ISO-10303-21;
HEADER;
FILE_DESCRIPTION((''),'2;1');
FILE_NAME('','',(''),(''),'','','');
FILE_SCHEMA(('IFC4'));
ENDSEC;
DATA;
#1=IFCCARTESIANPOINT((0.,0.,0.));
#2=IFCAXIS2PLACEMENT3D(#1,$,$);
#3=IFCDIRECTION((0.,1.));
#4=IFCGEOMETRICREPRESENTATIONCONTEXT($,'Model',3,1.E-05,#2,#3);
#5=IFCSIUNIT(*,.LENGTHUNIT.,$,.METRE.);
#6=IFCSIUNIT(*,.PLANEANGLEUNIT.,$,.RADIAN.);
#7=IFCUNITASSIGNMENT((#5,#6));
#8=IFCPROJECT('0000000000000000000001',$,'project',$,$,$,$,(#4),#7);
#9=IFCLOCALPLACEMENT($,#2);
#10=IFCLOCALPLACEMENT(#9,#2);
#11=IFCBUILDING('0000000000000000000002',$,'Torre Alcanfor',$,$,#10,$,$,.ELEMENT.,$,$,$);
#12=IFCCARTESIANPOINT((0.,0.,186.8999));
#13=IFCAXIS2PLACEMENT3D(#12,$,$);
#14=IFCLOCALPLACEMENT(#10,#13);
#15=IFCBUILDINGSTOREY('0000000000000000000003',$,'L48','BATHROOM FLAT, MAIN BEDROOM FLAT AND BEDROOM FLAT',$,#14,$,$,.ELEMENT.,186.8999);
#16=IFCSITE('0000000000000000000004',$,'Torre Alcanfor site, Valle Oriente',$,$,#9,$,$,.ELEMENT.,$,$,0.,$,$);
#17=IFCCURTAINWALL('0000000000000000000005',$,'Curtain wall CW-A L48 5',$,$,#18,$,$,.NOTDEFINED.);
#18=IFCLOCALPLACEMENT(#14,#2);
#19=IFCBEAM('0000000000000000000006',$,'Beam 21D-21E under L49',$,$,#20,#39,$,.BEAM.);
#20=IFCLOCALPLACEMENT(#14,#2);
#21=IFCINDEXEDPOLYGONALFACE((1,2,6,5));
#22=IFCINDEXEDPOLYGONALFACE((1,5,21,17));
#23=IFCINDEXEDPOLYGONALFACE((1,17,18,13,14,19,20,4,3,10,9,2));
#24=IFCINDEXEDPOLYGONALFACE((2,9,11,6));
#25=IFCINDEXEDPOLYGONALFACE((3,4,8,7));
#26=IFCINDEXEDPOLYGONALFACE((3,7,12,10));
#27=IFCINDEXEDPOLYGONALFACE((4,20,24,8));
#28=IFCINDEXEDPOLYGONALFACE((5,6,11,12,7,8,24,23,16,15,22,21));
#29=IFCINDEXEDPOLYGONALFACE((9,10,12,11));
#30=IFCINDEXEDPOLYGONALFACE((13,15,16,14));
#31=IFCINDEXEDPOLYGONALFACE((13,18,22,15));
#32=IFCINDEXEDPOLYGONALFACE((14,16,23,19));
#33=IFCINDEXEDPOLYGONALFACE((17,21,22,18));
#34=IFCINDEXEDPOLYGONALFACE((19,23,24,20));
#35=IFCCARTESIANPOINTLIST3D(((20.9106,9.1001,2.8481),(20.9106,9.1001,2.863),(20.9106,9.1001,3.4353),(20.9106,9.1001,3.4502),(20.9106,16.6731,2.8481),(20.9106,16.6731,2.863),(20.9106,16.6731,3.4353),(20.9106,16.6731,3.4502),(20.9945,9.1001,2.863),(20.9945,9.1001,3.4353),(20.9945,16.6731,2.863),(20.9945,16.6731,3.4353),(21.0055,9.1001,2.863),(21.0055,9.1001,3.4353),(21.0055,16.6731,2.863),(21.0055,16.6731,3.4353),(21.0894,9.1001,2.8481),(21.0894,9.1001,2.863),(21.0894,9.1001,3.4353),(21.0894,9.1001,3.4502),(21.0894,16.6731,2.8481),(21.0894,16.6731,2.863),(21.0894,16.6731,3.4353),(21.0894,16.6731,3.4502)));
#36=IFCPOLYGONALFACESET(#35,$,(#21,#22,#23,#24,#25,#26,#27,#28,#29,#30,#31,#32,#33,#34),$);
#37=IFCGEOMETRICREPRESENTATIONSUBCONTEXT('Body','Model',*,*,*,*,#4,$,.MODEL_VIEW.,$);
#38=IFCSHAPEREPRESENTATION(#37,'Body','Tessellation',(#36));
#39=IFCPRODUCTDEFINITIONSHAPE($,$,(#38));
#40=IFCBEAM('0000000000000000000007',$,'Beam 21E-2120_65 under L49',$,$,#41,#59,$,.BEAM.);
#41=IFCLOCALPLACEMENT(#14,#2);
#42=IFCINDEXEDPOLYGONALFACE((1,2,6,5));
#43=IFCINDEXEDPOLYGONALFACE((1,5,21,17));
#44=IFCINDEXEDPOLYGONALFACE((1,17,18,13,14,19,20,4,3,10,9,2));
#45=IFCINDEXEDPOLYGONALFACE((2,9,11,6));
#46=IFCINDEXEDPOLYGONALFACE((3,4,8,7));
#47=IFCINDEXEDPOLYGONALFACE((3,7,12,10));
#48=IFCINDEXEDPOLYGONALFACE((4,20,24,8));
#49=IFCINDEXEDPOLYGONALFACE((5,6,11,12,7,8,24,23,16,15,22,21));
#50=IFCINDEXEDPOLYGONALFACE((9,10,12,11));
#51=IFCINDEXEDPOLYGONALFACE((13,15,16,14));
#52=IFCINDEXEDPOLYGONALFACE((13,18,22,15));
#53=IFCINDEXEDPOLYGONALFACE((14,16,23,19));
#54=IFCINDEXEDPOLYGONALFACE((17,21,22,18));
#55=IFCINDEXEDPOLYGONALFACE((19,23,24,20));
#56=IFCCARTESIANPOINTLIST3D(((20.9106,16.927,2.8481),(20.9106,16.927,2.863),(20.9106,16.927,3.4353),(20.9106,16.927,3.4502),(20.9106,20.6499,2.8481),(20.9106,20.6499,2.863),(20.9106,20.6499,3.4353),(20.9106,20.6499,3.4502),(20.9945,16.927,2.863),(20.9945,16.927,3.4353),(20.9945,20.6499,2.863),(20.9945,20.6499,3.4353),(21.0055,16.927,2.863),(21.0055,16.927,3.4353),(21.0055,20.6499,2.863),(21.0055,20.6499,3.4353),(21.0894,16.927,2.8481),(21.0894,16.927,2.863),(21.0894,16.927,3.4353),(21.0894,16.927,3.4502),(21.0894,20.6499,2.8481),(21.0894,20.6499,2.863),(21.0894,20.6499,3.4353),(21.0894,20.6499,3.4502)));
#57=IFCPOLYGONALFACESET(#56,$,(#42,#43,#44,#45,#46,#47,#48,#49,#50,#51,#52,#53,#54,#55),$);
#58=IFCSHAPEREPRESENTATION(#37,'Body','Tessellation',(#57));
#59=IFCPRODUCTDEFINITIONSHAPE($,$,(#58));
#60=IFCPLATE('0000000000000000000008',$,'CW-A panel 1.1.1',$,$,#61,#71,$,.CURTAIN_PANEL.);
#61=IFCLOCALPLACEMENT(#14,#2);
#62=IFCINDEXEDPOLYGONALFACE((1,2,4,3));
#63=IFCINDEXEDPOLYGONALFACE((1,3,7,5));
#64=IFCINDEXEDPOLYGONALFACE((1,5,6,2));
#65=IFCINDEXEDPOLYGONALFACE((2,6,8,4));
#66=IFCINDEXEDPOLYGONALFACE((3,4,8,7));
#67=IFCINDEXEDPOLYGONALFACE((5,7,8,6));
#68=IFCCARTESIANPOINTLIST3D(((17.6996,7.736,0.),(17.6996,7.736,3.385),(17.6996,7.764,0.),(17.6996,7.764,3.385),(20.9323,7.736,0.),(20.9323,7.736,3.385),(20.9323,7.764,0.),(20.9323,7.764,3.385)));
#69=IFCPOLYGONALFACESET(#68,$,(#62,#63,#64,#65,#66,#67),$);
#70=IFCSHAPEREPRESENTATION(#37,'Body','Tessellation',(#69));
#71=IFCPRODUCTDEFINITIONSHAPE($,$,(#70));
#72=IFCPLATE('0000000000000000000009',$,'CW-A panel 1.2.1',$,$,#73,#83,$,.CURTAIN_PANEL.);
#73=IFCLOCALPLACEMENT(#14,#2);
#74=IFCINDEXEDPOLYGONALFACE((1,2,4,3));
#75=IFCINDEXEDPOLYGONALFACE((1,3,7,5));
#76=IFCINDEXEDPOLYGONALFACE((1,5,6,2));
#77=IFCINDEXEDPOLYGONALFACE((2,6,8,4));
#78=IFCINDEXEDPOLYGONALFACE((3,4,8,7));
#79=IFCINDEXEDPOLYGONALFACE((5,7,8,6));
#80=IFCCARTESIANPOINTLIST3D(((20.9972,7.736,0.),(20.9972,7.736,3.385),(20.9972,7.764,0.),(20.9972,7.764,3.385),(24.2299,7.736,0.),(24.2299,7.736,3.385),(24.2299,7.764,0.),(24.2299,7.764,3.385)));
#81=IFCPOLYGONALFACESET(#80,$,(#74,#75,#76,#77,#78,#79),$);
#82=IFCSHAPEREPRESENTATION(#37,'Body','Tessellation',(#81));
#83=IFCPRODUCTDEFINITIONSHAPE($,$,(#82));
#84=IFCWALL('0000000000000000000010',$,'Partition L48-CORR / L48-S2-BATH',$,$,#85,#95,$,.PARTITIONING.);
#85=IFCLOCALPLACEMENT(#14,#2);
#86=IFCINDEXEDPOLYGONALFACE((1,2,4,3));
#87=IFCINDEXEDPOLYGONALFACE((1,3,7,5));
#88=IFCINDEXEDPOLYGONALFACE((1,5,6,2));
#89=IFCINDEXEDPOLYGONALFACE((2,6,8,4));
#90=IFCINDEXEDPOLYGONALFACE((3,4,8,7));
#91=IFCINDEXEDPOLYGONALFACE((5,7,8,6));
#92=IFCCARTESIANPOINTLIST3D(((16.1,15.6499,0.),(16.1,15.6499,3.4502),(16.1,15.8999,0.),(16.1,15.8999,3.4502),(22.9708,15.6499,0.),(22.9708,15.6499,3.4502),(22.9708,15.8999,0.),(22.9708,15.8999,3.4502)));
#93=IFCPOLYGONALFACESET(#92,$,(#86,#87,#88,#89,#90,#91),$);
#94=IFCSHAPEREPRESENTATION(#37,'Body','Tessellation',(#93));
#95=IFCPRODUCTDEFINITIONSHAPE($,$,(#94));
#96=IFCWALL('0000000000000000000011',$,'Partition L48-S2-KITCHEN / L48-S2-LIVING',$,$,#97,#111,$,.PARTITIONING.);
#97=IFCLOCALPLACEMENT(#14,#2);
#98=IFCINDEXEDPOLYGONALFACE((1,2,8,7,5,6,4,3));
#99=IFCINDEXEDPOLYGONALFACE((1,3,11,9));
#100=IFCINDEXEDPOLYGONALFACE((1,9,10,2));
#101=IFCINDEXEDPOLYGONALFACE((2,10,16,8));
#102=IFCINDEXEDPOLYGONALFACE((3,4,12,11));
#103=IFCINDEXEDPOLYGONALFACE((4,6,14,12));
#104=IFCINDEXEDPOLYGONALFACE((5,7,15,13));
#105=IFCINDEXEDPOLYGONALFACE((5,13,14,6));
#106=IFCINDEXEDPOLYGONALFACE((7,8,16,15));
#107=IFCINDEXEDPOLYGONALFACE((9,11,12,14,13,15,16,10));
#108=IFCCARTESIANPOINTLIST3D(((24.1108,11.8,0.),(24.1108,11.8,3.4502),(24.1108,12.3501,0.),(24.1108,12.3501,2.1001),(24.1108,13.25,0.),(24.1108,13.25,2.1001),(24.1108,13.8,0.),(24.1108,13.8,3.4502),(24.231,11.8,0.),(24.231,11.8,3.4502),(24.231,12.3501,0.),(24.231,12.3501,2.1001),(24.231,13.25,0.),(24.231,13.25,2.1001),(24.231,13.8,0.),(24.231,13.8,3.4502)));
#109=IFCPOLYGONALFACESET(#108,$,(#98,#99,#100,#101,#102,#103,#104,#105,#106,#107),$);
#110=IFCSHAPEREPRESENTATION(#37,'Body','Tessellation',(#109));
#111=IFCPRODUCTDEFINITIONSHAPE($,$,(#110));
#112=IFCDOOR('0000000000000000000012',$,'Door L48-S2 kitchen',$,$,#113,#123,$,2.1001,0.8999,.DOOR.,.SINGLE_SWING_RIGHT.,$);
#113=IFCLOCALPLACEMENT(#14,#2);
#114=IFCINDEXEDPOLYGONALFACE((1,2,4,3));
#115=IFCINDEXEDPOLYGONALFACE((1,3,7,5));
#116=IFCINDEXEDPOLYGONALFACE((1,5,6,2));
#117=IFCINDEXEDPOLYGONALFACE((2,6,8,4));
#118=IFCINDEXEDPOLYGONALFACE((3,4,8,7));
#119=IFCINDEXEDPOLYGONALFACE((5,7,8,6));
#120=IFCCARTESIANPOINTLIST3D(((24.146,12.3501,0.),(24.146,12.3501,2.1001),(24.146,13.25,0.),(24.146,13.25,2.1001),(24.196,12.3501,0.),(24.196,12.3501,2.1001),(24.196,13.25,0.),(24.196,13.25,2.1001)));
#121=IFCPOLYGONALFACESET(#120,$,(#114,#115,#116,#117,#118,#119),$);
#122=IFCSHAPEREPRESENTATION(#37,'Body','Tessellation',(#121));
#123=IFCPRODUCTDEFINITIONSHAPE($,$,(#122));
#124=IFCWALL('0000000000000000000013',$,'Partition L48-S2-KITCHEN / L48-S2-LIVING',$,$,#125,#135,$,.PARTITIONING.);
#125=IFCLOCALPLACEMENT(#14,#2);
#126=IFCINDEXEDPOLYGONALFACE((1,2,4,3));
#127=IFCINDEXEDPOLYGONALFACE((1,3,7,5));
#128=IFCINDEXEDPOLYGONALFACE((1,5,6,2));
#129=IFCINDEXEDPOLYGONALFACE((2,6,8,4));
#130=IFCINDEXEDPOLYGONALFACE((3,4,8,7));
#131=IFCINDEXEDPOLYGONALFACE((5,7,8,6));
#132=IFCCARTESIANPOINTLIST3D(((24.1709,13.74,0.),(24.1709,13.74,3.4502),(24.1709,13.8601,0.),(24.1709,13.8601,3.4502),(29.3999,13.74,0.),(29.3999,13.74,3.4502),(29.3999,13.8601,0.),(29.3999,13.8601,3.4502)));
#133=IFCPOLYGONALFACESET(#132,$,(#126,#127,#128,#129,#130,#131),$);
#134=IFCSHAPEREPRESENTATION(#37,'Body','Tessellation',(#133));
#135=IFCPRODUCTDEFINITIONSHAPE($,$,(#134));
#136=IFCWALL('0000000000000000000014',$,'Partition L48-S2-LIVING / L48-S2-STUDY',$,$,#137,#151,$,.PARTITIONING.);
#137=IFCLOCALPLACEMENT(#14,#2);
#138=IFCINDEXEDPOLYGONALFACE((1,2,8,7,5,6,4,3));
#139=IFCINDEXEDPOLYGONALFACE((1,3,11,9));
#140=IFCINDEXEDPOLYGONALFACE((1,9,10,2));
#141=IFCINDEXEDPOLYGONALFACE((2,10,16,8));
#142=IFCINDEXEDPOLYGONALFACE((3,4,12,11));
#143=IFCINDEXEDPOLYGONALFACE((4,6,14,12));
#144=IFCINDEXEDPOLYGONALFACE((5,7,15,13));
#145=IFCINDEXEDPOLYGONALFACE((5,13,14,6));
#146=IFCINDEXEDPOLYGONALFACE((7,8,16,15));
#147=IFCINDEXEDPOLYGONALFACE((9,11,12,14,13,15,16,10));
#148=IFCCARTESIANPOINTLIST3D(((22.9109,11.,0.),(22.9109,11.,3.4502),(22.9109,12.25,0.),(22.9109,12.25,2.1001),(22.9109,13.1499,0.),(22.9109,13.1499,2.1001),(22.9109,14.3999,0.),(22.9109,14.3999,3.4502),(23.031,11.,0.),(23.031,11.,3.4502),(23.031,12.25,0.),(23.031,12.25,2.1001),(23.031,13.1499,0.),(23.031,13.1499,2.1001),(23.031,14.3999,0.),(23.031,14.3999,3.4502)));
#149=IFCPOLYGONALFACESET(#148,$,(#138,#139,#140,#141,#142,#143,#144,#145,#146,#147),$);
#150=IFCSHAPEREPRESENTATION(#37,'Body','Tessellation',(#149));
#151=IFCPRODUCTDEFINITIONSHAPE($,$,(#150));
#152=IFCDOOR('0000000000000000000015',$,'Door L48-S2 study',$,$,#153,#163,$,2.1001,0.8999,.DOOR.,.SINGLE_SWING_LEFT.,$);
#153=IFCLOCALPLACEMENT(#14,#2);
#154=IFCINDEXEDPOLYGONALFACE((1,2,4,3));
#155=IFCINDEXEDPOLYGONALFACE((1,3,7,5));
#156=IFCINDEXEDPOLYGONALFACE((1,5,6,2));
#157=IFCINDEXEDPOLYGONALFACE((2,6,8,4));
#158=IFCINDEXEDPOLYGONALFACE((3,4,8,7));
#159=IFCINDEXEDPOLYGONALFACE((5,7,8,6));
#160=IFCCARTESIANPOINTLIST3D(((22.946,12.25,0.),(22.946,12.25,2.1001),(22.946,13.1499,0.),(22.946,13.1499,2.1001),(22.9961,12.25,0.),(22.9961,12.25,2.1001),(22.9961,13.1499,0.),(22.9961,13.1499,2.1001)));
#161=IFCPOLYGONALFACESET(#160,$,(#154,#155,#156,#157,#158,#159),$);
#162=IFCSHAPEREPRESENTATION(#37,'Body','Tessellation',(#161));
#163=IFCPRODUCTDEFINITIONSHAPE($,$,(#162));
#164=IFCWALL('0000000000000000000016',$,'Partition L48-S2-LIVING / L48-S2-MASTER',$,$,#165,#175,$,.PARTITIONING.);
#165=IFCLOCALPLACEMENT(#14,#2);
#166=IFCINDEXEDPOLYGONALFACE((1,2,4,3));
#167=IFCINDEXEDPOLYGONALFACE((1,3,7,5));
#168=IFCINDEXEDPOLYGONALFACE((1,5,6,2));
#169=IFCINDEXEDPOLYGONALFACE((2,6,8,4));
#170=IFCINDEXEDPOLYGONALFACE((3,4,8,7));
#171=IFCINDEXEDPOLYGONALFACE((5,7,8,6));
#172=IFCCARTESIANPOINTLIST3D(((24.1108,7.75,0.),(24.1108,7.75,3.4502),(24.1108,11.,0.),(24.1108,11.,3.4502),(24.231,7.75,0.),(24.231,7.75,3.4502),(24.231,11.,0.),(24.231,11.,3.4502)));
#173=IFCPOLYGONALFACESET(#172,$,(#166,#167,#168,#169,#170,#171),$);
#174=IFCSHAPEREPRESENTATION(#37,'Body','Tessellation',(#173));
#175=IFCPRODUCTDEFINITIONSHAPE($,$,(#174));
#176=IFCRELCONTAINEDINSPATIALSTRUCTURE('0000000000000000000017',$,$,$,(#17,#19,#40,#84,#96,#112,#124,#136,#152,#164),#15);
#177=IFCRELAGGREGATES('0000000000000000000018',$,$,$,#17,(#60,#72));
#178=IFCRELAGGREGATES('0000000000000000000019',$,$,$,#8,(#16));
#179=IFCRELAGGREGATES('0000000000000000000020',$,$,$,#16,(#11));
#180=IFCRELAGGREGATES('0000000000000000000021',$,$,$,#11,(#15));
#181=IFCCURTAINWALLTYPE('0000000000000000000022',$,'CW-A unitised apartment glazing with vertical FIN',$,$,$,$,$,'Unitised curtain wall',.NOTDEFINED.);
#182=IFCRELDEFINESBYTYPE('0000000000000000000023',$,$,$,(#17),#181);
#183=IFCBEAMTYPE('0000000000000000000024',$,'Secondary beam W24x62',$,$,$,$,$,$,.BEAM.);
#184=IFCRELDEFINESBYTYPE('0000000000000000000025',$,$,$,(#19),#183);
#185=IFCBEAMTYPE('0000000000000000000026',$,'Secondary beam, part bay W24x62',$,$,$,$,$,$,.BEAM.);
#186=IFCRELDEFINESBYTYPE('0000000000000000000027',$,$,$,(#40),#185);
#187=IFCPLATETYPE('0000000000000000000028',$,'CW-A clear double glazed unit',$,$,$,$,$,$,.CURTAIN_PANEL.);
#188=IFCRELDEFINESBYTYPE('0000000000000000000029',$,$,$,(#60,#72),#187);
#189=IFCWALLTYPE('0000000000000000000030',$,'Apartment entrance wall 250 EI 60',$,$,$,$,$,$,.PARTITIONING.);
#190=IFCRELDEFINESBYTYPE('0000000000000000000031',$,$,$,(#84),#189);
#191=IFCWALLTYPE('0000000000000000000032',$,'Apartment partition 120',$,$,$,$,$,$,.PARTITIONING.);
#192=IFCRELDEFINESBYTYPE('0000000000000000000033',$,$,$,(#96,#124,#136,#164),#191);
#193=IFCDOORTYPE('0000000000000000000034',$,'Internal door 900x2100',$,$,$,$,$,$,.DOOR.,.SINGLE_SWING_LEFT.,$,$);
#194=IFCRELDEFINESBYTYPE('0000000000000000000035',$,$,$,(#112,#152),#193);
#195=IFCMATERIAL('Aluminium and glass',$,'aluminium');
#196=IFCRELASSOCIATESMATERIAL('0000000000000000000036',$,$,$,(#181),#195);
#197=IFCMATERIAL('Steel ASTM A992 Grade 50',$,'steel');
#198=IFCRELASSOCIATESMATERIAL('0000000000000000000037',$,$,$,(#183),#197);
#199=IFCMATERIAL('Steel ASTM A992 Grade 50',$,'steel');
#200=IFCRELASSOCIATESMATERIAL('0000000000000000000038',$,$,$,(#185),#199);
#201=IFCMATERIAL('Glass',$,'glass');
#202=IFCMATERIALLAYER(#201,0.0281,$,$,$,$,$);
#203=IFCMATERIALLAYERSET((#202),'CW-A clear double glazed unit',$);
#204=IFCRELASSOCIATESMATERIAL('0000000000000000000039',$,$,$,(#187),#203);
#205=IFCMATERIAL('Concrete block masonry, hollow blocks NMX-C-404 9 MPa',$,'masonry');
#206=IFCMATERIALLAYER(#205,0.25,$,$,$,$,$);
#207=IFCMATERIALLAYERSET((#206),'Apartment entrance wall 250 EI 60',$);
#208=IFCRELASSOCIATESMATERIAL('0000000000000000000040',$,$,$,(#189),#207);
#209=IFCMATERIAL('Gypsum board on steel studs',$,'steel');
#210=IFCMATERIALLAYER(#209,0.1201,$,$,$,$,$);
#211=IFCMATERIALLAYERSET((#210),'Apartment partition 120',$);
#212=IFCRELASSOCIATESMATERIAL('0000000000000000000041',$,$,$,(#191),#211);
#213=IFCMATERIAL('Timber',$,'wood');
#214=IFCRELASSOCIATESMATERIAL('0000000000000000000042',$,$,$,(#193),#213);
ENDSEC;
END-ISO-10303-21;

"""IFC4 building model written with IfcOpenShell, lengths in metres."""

from ifc_helpers import new_model, si_unit, direction, frame, frame_2d, origin, origin_2d, place, context, subcontext, project, spatial, rectangle, i_section, extrude, material, layer, layer_set, material_profile, profile_set, type_object, element, fill, aggregate, save


model = new_model("IFC4")

# Units and contexts
model_context = context("Model", 3, precision=1e-05, world=origin(), true_north=direction((0.0, 1.0)))
body_context = subcontext(model_context, "Body", "Model", "MODEL_VIEW")
ifc_project = project(units=[si_unit("LENGTHUNIT", "METRE"), si_unit("PLANEANGLEUNIT", "RADIAN")], contexts=[model_context])

# Site, building, storey
site_placement = place(None, origin())
site = spatial("IfcSite", under=ifc_project, at=site_placement, Name="Torre Alcanfor site, Valle Oriente", CompositionType="ELEMENT", RefElevation=0.0)
building_placement = place(site_placement, origin())
building = spatial("IfcBuilding", under=site, at=building_placement, Name="Torre Alcanfor", CompositionType="ELEMENT")
storey_placement = place(building_placement, frame((0.0, 0.0, 186.8999)))
storey = spatial("IfcBuildingStorey", under=building, at=storey_placement, Name="L48", Description="BATHROOM FLAT, MAIN BEDROOM FLAT AND BEDROOM FLAT", CompositionType="ELEMENT", Elevation=186.8999)

# Curtain wall
ifc_material_1 = material(Name="Aluminium and glass", Category="aluminium")
curtain_wall_type = type_object("IfcCurtainWallType", Name="CW-A unitised apartment glazing with vertical FIN", ElementType="Unitised curtain wall", PredefinedType="NOTDEFINED", material=ifc_material_1)
curtain_wall_placement = place(storey_placement, origin())
curtain_wall = element("IfcCurtainWall", 1, at=curtain_wall_placement, inside=storey, type_object=curtain_wall_type, Name="Curtain wall CW-A L48 5", PredefinedType="NOTDEFINED")

# Beams
ifc_material_2 = material(Name="Steel ASTM A992 Grade 50", Category="steel")
ifc_material_profile_1 = material_profile(ifc_material_2, i_section(OverallWidth=0.1787, OverallDepth=0.6021, WebThickness=0.011, FlangeThickness=0.0149, at=origin_2d()), Name="W24x62")
ifc_profile_set_1 = profile_set([ifc_material_profile_1], Name="Steel ASTM A992 Grade 50")
beam_type_1 = type_object("IfcBeamType", Name="Secondary beam W24x62", PredefinedType="BEAM", material=ifc_profile_set_1)
beam_1_placement = place(storey_placement, frame((21.0, 9.1001, 3.1492), z_axis=(0.0, 1.0, 0.0), x_axis=(-1.0, 0.0, 0.0)))
element("IfcBeam", 2, at=beam_1_placement, inside=storey, type_object=beam_type_1, Name="Beam 21D-21E under L49", PredefinedType="BEAM", context=body_context, shape_type="SweptSolid", body=[
    extrude(i_section(OverallWidth=0.1787, OverallDepth=0.6021, WebThickness=0.011, FlangeThickness=0.0149, at=origin_2d()), origin(), (0.0, 0.0, 1.0), 7.573),
])
ifc_material_3 = material(Name="Steel ASTM A992 Grade 50", Category="steel")
ifc_material_profile_2 = material_profile(ifc_material_3, i_section(OverallWidth=0.1787, OverallDepth=0.6021, WebThickness=0.011, FlangeThickness=0.0149, at=origin_2d()), Name="W24x62")
ifc_profile_set_2 = profile_set([ifc_material_profile_2], Name="Steel ASTM A992 Grade 50")
beam_type_2 = type_object("IfcBeamType", Name="Secondary beam, part bay W24x62", PredefinedType="BEAM", material=ifc_profile_set_2)
beam_2_placement = place(storey_placement, frame((21.0, 16.927, 3.1492), z_axis=(0.0, 1.0, 0.0), x_axis=(-1.0, 0.0, 0.0)))
element("IfcBeam", 3, at=beam_2_placement, inside=storey, type_object=beam_type_2, Name="Beam 21E-2120_65 under L49", PredefinedType="BEAM", context=body_context, shape_type="SweptSolid", body=[
    extrude(i_section(OverallWidth=0.1787, OverallDepth=0.6021, WebThickness=0.011, FlangeThickness=0.0149, at=origin_2d()), origin(), (0.0, 0.0, 1.0), 3.7229),
])

# Plates
ifc_material_4 = material(Name="Glass", Category="glass")
ifc_layer_1 = layer(ifc_material_4, 0.0281)
ifc_layer_set_1 = layer_set([ifc_layer_1], Name="CW-A clear double glazed unit")
plate_type = type_object("IfcPlateType", Name="CW-A clear double glazed unit", PredefinedType="CURTAIN_PANEL", material=ifc_layer_set_1)
plate_1_placement = place(storey_placement, frame((19.3159, 7.75, 0.0), z_axis=(0.0, 0.0, 1.0), x_axis=(1.0, 0.0, 0.0)))
plate_1 = element("IfcPlate", 4, at=plate_1_placement, type_object=plate_type, Name="CW-A panel 1.1.1", PredefinedType="CURTAIN_PANEL", context=body_context, shape_type="SweptSolid", body=[
    extrude(rectangle(XDim=3.2327, YDim=0.0281, at=origin_2d()), origin(), (0.0, 0.0, 1.0), 3.385),
])
plate_2_placement = place(storey_placement, frame((22.6135, 7.75, 0.0), z_axis=(0.0, 0.0, 1.0), x_axis=(1.0, 0.0, 0.0)))
plate_2 = element("IfcPlate", 5, at=plate_2_placement, type_object=plate_type, Name="CW-A panel 1.2.1", PredefinedType="CURTAIN_PANEL", context=body_context, shape_type="SweptSolid", body=[
    extrude(rectangle(XDim=3.2327, YDim=0.0281, at=origin_2d()), origin(), (0.0, 0.0, 1.0), 3.385),
])
aggregate(curtain_wall, [plate_1, plate_2])

# Wall
ifc_material_5 = material(Name="Concrete block masonry, hollow blocks NMX-C-404 9 MPa", Category="masonry")
ifc_layer_2 = layer(ifc_material_5, 0.25)
ifc_layer_set_2 = layer_set([ifc_layer_2], Name="Apartment entrance wall 250 EI 60")
wall_type_1 = type_object("IfcWallType", Name="Apartment entrance wall 250 EI 60", PredefinedType="PARTITIONING", material=ifc_layer_set_2)
wall_1_placement = place(storey_placement, frame((22.9709, 15.7749, 0.0), z_axis=(0.0, 0.0, 1.0), x_axis=(-1.0, 0.0, 0.0)))
element("IfcWall", 6, at=wall_1_placement, inside=storey, type_object=wall_type_1, Name="Partition L48-CORR / L48-S2-BATH", PredefinedType="PARTITIONING", context=body_context, shape_type="SweptSolid", body=[
    extrude(rectangle(XDim=6.8708, YDim=0.25, at=frame_2d((3.4355, 0.0))), origin(), (0.0, 0.0, 1.0), 3.4502),
])

# Wall, opening, door
ifc_material_6 = material(Name="Gypsum board on steel studs", Category="steel")
ifc_layer_3 = layer(ifc_material_6, 0.1201)
ifc_layer_set_3 = layer_set([ifc_layer_3], Name="Apartment partition 120")
wall_type_2 = type_object("IfcWallType", Name="Apartment partition 120", PredefinedType="PARTITIONING", material=ifc_layer_set_3)
wall_2_placement = place(storey_placement, frame((24.1709, 11.8, 0.0), z_axis=(0.0, 0.0, 1.0), x_axis=(0.0, 1.0, 0.0)))
wall_2 = element("IfcWall", 7, at=wall_2_placement, inside=storey, type_object=wall_type_2, Name="Partition L48-S2-KITCHEN / L48-S2-LIVING", PredefinedType="PARTITIONING", context=body_context, shape_type="SweptSolid", body=[
    extrude(rectangle(XDim=2.0, YDim=0.1201, at=frame_2d((1.0, 0.0))), origin(), (0.0, 0.0, 1.0), 3.4502),
])
opening_1_placement = place(wall_2_placement, frame((0.55, 0.0, 0.0)))
opening_1 = element("IfcOpeningElement", 8, at=opening_1_placement, cuts=wall_2, PredefinedType="OPENING", context=body_context, shape_type="SweptSolid", body=[
    extrude(rectangle(XDim=0.8999, YDim=2.1001, at=frame_2d((0.45, 1.05))), frame((0.0, 0.0701, 0.0), z_axis=(0.0, -1.0, 0.0), x_axis=(1.0, 0.0, 0.0)), (0.0, 0.0, 1.0), 0.1401),
])
ifc_material_7 = material(Name="Timber", Category="wood")
door_type_1 = type_object("IfcDoorType", Name="Internal door 900x2100", OperationType="SINGLE_SWING_LEFT", PredefinedType="DOOR", material=ifc_material_7)
door_1_placement = place(opening_1_placement, frame((0.8999, 0.0, 0.0), z_axis=(0.0, 0.0, 1.0), x_axis=(-1.0, 0.0, 0.0)))
door_1 = element("IfcDoor", 9, at=door_1_placement, inside=storey, type_object=door_type_1, Name="Door L48-S2 kitchen", OperationType="SINGLE_SWING_RIGHT", OverallHeight=2.1001, OverallWidth=0.8999, PredefinedType="DOOR", context=body_context, shape_type="SweptSolid", body=[
    extrude(rectangle(XDim=0.8999, YDim=2.1001, at=frame_2d((0.45, 1.05))), frame((0.0, 0.0251, 0.0), z_axis=(0.0, -1.0, 0.0), x_axis=(1.0, 0.0, 0.0)), (0.0, 0.0, 1.0), 0.05),
])
fill(opening_1, door_1)

# Wall
wall_3_placement = place(storey_placement, frame((24.1709, 13.8, 0.0), z_axis=(0.0, 0.0, 1.0), x_axis=(1.0, 0.0, 0.0)))
element("IfcWall", 10, at=wall_3_placement, inside=storey, type_object=wall_type_2, Name="Partition L48-S2-KITCHEN / L48-S2-LIVING", PredefinedType="PARTITIONING", context=body_context, shape_type="SweptSolid", body=[
    extrude(rectangle(XDim=5.229, YDim=0.1201, at=frame_2d((2.6145, 0.0))), origin(), (0.0, 0.0, 1.0), 3.4502),
])

# Wall, opening, door
wall_4_placement = place(storey_placement, frame((22.9709, 11.0, 0.0), z_axis=(0.0, 0.0, 1.0), x_axis=(0.0, 1.0, 0.0)))
wall_4 = element("IfcWall", 11, at=wall_4_placement, inside=storey, type_object=wall_type_2, Name="Partition L48-S2-LIVING / L48-S2-STUDY", PredefinedType="PARTITIONING", context=body_context, shape_type="SweptSolid", body=[
    extrude(rectangle(XDim=3.3999, YDim=0.1201, at=frame_2d((1.7, 0.0))), origin(), (0.0, 0.0, 1.0), 3.4502),
])
opening_2_placement = place(wall_4_placement, frame((1.25, 0.0, 0.0)))
opening_2 = element("IfcOpeningElement", 12, at=opening_2_placement, cuts=wall_4, PredefinedType="OPENING", context=body_context, shape_type="SweptSolid", body=[
    extrude(rectangle(XDim=0.8999, YDim=2.1001, at=frame_2d((0.45, 1.05))), frame((0.0, 0.0701, 0.0), z_axis=(0.0, -1.0, 0.0), x_axis=(1.0, 0.0, 0.0)), (0.0, 0.0, 1.0), 0.1401),
])
door_2_placement = place(opening_2_placement, origin())
door_2 = element("IfcDoor", 13, at=door_2_placement, inside=storey, type_object=door_type_1, Name="Door L48-S2 study", OperationType="SINGLE_SWING_LEFT", OverallHeight=2.1001, OverallWidth=0.8999, PredefinedType="DOOR", context=body_context, shape_type="SweptSolid", body=[
    extrude(rectangle(XDim=0.8999, YDim=2.1001, at=frame_2d((0.45, 1.05))), frame((0.0, 0.0249, 0.0), z_axis=(0.0, -1.0, 0.0), x_axis=(1.0, 0.0, 0.0)), (0.0, 0.0, 1.0), 0.05),
])
fill(opening_2, door_2)

# Wall
wall_5_placement = place(storey_placement, frame((24.1709, 7.75, 0.0), z_axis=(0.0, 0.0, 1.0), x_axis=(0.0, 1.0, 0.0)))
element("IfcWall", 14, at=wall_5_placement, inside=storey, type_object=wall_type_2, Name="Partition L48-S2-LIVING / L48-S2-MASTER", PredefinedType="PARTITIONING", context=body_context, shape_type="SweptSolid", body=[
    extrude(rectangle(XDim=3.25, YDim=0.1201, at=frame_2d((1.625, 0.0))), origin(), (0.0, 0.0, 1.0), 3.4502),
])

save(model, "model.ifc")
